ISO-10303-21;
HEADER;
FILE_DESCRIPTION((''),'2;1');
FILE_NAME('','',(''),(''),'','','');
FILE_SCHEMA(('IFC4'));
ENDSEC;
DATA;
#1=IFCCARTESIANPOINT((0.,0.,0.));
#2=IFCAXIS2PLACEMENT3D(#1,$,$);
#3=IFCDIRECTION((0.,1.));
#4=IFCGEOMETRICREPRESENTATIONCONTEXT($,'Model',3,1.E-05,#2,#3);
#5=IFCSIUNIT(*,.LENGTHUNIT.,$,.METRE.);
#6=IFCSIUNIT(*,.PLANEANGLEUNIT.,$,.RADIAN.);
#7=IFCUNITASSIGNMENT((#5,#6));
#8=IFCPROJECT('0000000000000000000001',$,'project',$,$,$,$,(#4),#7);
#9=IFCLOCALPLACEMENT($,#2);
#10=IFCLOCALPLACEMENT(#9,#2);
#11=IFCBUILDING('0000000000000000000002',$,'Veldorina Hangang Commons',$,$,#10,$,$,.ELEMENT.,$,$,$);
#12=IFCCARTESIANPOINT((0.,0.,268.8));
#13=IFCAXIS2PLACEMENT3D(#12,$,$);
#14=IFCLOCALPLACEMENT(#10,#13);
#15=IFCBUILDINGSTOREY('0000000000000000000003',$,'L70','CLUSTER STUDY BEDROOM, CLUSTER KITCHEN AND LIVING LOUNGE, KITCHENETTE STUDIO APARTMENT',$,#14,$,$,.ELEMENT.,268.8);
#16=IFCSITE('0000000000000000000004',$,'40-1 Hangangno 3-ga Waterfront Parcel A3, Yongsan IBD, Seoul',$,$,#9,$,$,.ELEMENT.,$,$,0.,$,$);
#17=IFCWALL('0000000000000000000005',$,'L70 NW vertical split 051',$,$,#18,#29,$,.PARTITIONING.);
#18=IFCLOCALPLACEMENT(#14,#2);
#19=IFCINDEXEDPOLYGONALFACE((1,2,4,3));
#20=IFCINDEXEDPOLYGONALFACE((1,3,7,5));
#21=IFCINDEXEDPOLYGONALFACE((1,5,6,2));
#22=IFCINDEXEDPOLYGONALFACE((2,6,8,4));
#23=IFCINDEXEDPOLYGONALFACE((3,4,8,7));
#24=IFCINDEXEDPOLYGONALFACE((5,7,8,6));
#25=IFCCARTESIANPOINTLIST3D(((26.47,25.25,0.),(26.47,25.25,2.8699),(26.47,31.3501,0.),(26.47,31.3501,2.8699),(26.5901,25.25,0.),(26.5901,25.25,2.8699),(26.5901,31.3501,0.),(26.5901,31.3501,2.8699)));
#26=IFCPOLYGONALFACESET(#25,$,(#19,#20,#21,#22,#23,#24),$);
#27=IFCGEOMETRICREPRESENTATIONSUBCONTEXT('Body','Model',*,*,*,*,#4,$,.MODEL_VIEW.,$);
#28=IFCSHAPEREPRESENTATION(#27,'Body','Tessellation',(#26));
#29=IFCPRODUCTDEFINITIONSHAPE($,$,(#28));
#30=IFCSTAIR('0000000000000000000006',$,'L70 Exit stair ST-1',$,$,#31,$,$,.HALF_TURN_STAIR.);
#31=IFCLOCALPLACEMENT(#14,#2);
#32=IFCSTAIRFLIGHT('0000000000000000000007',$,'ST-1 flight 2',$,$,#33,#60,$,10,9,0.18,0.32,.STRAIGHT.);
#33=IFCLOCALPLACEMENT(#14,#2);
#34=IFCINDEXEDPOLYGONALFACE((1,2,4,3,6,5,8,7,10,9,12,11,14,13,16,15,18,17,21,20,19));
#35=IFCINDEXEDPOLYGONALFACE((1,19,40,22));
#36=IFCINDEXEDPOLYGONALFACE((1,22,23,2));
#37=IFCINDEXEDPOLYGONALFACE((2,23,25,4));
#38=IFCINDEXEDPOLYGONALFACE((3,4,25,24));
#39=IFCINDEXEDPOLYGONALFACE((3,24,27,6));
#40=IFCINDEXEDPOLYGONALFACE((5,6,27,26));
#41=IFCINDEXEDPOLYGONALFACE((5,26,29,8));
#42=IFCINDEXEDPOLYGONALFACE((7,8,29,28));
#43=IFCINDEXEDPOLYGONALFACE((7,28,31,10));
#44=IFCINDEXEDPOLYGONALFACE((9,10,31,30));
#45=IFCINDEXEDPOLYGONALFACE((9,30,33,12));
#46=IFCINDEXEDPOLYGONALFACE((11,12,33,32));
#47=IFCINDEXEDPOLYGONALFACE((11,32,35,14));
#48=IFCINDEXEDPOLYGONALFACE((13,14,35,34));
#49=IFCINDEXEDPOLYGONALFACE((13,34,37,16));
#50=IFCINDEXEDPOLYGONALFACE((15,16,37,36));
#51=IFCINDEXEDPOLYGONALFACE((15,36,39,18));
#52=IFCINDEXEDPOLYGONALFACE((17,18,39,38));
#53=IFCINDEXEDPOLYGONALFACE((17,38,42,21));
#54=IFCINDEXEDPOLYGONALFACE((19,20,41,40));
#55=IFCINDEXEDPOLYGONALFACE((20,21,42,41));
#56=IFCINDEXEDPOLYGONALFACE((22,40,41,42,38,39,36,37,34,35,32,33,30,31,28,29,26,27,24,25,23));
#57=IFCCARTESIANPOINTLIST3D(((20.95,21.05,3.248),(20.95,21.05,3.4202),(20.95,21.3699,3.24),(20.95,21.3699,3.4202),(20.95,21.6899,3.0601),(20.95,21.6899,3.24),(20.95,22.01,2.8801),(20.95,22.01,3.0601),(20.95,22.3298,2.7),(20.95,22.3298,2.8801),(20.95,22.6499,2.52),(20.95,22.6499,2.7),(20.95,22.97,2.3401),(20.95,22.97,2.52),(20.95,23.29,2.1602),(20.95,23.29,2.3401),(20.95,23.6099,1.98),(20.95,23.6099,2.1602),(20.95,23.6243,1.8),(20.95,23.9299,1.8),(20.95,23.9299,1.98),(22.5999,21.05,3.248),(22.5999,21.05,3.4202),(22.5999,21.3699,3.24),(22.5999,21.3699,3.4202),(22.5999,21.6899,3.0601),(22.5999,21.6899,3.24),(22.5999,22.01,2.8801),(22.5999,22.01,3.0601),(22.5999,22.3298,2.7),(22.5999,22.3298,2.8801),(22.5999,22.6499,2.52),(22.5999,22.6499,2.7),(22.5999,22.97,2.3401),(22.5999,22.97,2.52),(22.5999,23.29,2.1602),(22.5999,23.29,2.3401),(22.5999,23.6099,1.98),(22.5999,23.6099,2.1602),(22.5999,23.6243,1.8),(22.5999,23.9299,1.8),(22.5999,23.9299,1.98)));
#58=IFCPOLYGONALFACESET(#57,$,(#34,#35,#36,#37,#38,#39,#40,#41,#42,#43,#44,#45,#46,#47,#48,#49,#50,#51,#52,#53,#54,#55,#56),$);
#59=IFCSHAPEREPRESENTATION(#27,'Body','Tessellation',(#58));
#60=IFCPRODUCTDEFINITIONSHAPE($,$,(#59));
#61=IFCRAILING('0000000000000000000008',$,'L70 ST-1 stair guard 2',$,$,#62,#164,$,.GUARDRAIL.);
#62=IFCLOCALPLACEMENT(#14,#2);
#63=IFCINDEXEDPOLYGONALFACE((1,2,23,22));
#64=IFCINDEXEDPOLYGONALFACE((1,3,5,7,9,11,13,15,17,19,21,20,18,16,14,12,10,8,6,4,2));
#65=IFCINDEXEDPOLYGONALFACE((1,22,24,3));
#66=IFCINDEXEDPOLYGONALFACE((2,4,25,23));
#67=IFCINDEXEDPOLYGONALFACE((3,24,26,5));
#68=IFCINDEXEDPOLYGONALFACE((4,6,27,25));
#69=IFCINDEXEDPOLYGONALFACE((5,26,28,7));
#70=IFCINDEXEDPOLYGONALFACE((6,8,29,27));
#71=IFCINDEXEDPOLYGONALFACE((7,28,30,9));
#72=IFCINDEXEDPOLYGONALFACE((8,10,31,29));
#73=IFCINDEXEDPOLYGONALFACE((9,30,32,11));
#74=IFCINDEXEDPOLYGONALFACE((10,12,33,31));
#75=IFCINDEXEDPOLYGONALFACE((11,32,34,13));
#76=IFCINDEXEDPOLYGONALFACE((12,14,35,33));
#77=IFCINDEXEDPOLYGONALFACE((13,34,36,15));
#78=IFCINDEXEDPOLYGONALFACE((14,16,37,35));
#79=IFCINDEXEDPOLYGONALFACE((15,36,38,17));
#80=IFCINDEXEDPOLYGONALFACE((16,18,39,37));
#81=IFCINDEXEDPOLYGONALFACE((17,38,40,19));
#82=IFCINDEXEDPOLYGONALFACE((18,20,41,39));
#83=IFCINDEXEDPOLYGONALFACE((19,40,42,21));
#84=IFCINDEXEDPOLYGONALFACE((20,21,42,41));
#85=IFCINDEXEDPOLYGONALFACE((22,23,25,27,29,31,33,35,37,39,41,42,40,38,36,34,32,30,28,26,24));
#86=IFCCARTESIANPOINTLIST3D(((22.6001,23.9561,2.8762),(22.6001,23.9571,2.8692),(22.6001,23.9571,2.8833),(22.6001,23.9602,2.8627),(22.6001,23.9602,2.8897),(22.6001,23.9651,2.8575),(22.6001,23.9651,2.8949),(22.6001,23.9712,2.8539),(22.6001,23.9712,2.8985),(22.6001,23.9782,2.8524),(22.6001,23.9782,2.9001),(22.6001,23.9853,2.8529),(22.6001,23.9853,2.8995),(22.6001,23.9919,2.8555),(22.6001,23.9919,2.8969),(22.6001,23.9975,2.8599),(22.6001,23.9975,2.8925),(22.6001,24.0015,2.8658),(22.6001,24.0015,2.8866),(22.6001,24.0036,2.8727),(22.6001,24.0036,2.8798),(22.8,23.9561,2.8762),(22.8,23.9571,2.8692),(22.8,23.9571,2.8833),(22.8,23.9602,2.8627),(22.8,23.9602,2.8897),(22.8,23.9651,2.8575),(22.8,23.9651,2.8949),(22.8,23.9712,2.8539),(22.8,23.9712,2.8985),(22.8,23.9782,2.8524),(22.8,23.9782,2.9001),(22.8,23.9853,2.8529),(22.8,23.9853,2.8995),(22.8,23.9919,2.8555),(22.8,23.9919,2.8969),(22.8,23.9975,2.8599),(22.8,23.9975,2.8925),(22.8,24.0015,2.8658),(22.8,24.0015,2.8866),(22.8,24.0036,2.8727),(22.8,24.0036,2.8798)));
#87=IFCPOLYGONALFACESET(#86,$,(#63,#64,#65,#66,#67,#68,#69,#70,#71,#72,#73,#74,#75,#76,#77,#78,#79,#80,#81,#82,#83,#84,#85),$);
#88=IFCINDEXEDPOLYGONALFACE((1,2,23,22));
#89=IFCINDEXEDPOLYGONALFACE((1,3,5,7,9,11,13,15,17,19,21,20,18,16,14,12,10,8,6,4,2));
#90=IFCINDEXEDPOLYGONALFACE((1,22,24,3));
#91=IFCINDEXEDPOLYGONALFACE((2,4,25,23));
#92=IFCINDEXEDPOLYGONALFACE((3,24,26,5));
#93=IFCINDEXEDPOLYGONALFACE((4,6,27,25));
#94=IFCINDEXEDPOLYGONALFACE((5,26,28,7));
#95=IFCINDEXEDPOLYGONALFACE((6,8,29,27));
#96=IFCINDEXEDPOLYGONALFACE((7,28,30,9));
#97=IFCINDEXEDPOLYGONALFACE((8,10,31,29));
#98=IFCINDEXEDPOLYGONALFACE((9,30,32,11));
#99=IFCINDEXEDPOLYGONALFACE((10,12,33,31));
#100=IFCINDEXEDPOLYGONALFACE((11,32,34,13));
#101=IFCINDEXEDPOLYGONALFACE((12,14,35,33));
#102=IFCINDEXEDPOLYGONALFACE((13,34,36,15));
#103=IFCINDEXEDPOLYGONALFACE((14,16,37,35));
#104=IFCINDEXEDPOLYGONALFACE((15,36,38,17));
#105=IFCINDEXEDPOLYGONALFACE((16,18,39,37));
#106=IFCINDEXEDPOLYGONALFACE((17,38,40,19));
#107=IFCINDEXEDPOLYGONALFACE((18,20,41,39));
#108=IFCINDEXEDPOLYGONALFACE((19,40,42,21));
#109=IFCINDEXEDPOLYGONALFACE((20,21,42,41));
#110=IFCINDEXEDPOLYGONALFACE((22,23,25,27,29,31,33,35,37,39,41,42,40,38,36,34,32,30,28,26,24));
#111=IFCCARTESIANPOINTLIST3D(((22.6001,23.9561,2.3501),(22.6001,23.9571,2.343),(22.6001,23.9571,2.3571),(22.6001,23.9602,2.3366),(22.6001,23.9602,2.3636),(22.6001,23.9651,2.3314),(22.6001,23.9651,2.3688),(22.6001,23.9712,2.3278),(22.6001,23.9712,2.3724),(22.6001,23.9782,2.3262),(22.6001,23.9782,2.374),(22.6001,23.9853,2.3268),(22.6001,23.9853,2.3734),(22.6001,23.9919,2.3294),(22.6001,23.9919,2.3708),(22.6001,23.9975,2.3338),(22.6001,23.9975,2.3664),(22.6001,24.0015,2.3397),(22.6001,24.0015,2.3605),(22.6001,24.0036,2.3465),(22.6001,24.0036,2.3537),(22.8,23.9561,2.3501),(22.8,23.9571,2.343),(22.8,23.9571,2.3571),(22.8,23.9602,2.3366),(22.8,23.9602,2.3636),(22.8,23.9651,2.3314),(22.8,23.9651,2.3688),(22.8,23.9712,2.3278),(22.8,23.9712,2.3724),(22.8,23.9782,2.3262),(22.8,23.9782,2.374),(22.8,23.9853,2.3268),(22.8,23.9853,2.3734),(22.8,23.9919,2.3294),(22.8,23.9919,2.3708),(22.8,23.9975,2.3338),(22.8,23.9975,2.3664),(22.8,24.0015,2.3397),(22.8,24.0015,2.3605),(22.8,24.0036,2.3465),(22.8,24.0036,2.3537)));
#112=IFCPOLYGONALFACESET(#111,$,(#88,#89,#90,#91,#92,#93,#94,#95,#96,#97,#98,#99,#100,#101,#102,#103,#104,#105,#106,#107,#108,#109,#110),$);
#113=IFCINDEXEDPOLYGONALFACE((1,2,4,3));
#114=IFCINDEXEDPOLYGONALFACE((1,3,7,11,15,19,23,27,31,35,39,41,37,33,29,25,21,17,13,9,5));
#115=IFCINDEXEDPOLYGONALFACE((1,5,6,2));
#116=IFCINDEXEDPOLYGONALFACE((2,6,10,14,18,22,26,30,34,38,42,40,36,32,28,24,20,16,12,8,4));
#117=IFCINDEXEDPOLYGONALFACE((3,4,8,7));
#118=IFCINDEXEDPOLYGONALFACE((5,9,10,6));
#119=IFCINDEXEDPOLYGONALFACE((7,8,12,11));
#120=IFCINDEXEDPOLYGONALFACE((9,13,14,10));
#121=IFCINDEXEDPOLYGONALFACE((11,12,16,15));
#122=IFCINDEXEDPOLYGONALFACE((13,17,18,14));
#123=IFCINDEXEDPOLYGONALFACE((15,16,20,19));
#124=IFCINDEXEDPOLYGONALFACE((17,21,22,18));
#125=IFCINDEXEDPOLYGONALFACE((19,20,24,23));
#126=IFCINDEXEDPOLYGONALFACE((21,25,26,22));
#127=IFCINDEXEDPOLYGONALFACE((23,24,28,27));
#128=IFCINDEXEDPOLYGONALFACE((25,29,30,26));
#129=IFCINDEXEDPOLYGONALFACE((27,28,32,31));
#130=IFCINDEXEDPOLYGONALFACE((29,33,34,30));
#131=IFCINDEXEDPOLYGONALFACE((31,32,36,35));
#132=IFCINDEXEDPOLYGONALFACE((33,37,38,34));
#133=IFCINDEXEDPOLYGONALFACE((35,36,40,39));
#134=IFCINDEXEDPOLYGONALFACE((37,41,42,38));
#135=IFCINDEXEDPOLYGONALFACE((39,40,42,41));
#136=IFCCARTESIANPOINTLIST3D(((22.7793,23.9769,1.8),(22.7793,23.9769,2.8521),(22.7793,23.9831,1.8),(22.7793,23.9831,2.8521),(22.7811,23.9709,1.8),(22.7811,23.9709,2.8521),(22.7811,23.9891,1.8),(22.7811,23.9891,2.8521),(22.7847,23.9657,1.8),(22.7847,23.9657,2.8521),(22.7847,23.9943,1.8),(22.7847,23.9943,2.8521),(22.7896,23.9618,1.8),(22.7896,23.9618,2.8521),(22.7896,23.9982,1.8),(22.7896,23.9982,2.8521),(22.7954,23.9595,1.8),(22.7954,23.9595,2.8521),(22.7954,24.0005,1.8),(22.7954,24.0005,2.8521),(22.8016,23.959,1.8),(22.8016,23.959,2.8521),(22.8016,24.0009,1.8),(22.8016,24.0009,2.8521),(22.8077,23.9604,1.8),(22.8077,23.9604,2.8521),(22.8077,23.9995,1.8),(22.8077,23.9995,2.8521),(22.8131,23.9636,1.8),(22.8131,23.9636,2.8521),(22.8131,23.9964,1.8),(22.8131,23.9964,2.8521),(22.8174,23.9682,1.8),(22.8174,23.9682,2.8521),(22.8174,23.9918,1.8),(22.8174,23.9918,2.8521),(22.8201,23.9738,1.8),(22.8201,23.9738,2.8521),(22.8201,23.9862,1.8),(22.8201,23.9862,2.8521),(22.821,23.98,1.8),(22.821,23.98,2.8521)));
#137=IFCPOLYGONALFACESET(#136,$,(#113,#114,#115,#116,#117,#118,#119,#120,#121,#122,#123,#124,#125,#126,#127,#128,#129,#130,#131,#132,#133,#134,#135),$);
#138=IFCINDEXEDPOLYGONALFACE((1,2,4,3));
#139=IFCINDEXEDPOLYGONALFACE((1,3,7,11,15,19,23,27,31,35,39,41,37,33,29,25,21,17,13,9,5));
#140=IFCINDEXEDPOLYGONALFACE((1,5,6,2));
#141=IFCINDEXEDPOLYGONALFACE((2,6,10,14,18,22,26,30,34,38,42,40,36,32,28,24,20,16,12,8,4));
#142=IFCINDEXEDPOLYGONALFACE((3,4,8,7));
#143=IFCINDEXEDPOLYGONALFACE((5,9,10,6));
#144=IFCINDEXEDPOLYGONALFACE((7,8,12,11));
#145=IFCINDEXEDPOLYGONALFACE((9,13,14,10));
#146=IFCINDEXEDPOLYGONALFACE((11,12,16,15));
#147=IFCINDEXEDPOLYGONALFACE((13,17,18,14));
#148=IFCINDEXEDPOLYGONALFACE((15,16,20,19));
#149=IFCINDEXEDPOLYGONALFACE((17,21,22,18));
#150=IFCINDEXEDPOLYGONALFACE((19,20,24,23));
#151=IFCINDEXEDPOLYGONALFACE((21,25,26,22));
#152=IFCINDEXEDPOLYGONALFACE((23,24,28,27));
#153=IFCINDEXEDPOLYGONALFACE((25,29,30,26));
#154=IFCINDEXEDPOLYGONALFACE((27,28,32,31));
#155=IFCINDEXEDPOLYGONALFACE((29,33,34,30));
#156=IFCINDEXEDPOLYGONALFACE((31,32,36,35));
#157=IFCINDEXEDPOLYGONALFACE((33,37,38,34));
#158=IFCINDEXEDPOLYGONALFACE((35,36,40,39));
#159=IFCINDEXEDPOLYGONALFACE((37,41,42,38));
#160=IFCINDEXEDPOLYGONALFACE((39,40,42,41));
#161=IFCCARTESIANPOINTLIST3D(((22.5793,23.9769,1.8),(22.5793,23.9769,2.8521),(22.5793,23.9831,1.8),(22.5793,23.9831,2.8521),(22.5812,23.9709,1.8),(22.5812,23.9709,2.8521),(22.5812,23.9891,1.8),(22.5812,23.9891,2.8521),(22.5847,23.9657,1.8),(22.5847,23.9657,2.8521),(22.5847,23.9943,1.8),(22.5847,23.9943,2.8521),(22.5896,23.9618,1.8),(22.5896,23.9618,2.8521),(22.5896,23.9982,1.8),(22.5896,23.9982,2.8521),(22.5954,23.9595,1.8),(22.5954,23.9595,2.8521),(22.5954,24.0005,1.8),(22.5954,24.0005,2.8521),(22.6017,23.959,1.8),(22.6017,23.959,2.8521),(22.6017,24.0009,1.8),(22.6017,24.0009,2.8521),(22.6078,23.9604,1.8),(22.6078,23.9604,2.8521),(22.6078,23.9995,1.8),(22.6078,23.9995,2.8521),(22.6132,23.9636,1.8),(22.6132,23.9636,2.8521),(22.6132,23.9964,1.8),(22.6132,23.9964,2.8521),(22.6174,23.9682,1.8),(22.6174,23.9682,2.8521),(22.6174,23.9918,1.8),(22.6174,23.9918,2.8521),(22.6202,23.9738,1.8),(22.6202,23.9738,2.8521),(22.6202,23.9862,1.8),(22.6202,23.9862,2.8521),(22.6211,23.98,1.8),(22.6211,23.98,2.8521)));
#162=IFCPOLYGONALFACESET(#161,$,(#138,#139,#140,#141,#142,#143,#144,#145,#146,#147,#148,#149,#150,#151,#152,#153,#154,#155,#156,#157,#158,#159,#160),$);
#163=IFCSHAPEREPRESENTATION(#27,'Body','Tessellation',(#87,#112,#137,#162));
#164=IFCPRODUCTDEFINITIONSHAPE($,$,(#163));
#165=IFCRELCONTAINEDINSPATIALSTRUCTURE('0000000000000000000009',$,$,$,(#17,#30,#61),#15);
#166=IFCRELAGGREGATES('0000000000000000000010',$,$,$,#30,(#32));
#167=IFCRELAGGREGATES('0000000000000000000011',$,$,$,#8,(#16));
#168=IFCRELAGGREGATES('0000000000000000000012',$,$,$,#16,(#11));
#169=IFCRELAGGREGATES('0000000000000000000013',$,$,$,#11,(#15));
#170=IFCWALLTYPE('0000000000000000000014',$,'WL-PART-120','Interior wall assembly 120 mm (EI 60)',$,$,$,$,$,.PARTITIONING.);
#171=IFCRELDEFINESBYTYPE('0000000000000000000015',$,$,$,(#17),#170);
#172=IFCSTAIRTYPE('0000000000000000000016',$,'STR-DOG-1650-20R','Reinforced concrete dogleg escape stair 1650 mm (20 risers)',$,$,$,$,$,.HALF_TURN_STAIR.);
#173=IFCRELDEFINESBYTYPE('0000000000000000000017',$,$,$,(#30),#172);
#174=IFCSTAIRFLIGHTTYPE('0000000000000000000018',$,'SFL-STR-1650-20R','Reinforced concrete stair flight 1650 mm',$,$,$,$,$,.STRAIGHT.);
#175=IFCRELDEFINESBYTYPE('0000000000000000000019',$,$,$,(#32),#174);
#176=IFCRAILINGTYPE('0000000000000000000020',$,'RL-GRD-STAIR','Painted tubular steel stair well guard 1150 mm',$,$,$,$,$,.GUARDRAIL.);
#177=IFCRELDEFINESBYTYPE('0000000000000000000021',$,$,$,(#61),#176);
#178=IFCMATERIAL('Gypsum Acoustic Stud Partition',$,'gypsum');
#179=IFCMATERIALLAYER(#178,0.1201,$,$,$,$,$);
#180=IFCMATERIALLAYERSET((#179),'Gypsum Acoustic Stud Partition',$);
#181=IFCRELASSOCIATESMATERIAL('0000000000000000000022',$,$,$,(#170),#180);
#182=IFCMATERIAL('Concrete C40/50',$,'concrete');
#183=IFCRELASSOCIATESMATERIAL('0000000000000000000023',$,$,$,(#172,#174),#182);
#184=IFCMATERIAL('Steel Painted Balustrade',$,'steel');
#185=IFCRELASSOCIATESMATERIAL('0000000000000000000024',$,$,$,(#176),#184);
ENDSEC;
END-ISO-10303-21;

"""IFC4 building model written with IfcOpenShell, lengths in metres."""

from ifc_helpers import new_model, si_unit, direction, frame, frame_2d, origin, origin_2d, place, context, subcontext, project, spatial, polyline, rectangle, circle, outline, extrude, material, layer, layer_set, type_object, element, aggregate, save


model = new_model("IFC4")

# Units and contexts
model_context = context("Model", 3, precision=1e-05, world=origin(), true_north=direction((0.0, 1.0)))
body_context = subcontext(model_context, "Body", "Model", "MODEL_VIEW")
ifc_project = project(units=[si_unit("LENGTHUNIT", "METRE"), si_unit("PLANEANGLEUNIT", "RADIAN")], contexts=[model_context])

# Site, building, storey
site_placement = place(None, origin())
site = spatial("IfcSite", under=ifc_project, at=site_placement, Name="40-1 Hangangno 3-ga Waterfront Parcel A3, Yongsan IBD, Seoul", CompositionType="ELEMENT", RefElevation=0.0)
building_placement = place(site_placement, origin())
building = spatial("IfcBuilding", under=site, at=building_placement, Name="Veldorina Hangang Commons", CompositionType="ELEMENT")
storey_placement = place(building_placement, frame((0.0, 0.0, 268.8)))
storey = spatial("IfcBuildingStorey", under=building, at=storey_placement, Name="L70", Description="CLUSTER STUDY BEDROOM, CLUSTER KITCHEN AND LIVING LOUNGE, KITCHENETTE STUDIO APARTMENT", CompositionType="ELEMENT", Elevation=268.8)

# Shared definitions
ifc_material_1 = material(Name="Gypsum Acoustic Stud Partition", Category="gypsum")
ifc_layer_1 = layer(ifc_material_1, 0.1201)
ifc_layer_set_1 = layer_set([ifc_layer_1], Name="Gypsum Acoustic Stud Partition")
wall_type_1 = type_object("IfcWallType", Name="WL-PART-120", Description="Interior wall assembly 120 mm (EI 60)", PredefinedType="PARTITIONING", material=ifc_layer_set_1)

# Wall
wall_1_placement = place(storey_placement, frame((26.53, 25.25, 0.0), z_axis=(0.0, 0.0, 1.0), x_axis=(0.0, 1.0, 0.0)))
element("IfcWall", 1, at=wall_1_placement, inside=storey, type_object=wall_type_1, Name="L70 NW vertical split 051", PredefinedType="PARTITIONING", context=body_context, shape_type="SweptSolid", body=[
    extrude(rectangle(XDim=6.1001, YDim=0.1201, at=frame_2d((3.05, 0.0))), origin(), (0.0, 0.0, 1.0), 2.8699),
])

# Stair, stair flight
ifc_material_2 = material(Name="Concrete C40/50", Category="concrete")
stair_type = type_object("IfcStairType", Name="STR-DOG-1650-20R", Description="Reinforced concrete dogleg escape stair 1650 mm (20 risers)", PredefinedType="HALF_TURN_STAIR", material=ifc_material_2)
stair_placement = place(storey_placement, origin())
stair = element("IfcStair", 2, at=stair_placement, inside=storey, type_object=stair_type, Name="L70 Exit stair ST-1", PredefinedType="HALF_TURN_STAIR")
stair_flight_type = type_object("IfcStairFlightType", Name="SFL-STR-1650-20R", Description="Reinforced concrete stair flight 1650 mm", PredefinedType="STRAIGHT", material=ifc_material_2)
stair_flight_placement = place(storey_placement, frame((21.7749, 23.9299, 1.8), z_axis=(0.0, 0.0, 1.0), x_axis=(0.0, -1.0, 0.0)))
stair_flight = element("IfcStairFlight", 3, at=stair_flight_placement, type_object=stair_flight_type, Name="ST-1 flight 2", NumberOfRisers=10, NumberOfTreads=9, PredefinedType="STRAIGHT", RiserHeight=0.18, TreadLength=0.32, context=body_context, shape_type="SweptSolid", body=[
    extrude(outline(polyline([(0.0, 0.0), (0.0, 0.1799), (0.3201, 0.1799), (0.3201, 0.3601), (0.6399, 0.3601), (0.6399, 0.54), (0.96, 0.54), (0.96, 0.72), (1.28, 0.72), (1.28, 0.8999), (1.6001, 0.8999), (1.6001, 1.0801), (1.9199, 1.0801), (1.9199, 1.26), (2.24, 1.26), (2.24, 1.4399), (2.5601, 1.4399), (2.5601, 1.6201), (2.8799, 1.6201), (2.8799, 1.8), (2.8799, 1.448), (0.3057, 0.0), (0.0, 0.0)])), frame((0.0, 0.825, 0.0), z_axis=(0.0, -1.0, 0.0), x_axis=(1.0, 0.0, 0.0)), (0.0, 0.0, 1.0), 1.6499),
])
aggregate(stair, [stair_flight])

# Railing
ifc_material_3 = material(Name="Steel Painted Balustrade", Category="steel")
railing_type = type_object("IfcRailingType", Name="RL-GRD-STAIR", Description="Painted tubular steel stair well guard 1150 mm", PredefinedType="GUARDRAIL", material=ifc_material_3)
railing_1_placement = place(storey_placement, frame((22.8, 23.98, 1.8)))
element("IfcRailing", 4, at=railing_1_placement, inside=storey, type_object=railing_type, Name="L70 ST-1 stair guard 2", PredefinedType="GUARDRAIL", context=body_context, shape_type="SweptSolid", body=[
    extrude(circle(Radius=0.0239, at=origin_2d()), frame((0.0, 0.0, 1.0762), z_axis=(-1.0, 0.0, 0.0), x_axis=(0.0, -1.0, 0.0)), (0.0, 0.0, 1.0), 0.2),
    extrude(circle(Radius=0.0239, at=origin_2d()), frame((0.0, 0.0, 0.55), z_axis=(-1.0, 0.0, 0.0), x_axis=(0.0, -1.0, 0.0)), (0.0, 0.0, 1.0), 0.2),
    extrude(circle(Radius=0.021, at=origin_2d()), origin(), (0.0, 0.0, 1.0), 1.052),
    extrude(circle(Radius=0.021, at=origin_2d()), frame((-0.2, 0.0, 0.0)), (0.0, 0.0, 1.0), 1.052),
])

save(model, "model.ifc")
